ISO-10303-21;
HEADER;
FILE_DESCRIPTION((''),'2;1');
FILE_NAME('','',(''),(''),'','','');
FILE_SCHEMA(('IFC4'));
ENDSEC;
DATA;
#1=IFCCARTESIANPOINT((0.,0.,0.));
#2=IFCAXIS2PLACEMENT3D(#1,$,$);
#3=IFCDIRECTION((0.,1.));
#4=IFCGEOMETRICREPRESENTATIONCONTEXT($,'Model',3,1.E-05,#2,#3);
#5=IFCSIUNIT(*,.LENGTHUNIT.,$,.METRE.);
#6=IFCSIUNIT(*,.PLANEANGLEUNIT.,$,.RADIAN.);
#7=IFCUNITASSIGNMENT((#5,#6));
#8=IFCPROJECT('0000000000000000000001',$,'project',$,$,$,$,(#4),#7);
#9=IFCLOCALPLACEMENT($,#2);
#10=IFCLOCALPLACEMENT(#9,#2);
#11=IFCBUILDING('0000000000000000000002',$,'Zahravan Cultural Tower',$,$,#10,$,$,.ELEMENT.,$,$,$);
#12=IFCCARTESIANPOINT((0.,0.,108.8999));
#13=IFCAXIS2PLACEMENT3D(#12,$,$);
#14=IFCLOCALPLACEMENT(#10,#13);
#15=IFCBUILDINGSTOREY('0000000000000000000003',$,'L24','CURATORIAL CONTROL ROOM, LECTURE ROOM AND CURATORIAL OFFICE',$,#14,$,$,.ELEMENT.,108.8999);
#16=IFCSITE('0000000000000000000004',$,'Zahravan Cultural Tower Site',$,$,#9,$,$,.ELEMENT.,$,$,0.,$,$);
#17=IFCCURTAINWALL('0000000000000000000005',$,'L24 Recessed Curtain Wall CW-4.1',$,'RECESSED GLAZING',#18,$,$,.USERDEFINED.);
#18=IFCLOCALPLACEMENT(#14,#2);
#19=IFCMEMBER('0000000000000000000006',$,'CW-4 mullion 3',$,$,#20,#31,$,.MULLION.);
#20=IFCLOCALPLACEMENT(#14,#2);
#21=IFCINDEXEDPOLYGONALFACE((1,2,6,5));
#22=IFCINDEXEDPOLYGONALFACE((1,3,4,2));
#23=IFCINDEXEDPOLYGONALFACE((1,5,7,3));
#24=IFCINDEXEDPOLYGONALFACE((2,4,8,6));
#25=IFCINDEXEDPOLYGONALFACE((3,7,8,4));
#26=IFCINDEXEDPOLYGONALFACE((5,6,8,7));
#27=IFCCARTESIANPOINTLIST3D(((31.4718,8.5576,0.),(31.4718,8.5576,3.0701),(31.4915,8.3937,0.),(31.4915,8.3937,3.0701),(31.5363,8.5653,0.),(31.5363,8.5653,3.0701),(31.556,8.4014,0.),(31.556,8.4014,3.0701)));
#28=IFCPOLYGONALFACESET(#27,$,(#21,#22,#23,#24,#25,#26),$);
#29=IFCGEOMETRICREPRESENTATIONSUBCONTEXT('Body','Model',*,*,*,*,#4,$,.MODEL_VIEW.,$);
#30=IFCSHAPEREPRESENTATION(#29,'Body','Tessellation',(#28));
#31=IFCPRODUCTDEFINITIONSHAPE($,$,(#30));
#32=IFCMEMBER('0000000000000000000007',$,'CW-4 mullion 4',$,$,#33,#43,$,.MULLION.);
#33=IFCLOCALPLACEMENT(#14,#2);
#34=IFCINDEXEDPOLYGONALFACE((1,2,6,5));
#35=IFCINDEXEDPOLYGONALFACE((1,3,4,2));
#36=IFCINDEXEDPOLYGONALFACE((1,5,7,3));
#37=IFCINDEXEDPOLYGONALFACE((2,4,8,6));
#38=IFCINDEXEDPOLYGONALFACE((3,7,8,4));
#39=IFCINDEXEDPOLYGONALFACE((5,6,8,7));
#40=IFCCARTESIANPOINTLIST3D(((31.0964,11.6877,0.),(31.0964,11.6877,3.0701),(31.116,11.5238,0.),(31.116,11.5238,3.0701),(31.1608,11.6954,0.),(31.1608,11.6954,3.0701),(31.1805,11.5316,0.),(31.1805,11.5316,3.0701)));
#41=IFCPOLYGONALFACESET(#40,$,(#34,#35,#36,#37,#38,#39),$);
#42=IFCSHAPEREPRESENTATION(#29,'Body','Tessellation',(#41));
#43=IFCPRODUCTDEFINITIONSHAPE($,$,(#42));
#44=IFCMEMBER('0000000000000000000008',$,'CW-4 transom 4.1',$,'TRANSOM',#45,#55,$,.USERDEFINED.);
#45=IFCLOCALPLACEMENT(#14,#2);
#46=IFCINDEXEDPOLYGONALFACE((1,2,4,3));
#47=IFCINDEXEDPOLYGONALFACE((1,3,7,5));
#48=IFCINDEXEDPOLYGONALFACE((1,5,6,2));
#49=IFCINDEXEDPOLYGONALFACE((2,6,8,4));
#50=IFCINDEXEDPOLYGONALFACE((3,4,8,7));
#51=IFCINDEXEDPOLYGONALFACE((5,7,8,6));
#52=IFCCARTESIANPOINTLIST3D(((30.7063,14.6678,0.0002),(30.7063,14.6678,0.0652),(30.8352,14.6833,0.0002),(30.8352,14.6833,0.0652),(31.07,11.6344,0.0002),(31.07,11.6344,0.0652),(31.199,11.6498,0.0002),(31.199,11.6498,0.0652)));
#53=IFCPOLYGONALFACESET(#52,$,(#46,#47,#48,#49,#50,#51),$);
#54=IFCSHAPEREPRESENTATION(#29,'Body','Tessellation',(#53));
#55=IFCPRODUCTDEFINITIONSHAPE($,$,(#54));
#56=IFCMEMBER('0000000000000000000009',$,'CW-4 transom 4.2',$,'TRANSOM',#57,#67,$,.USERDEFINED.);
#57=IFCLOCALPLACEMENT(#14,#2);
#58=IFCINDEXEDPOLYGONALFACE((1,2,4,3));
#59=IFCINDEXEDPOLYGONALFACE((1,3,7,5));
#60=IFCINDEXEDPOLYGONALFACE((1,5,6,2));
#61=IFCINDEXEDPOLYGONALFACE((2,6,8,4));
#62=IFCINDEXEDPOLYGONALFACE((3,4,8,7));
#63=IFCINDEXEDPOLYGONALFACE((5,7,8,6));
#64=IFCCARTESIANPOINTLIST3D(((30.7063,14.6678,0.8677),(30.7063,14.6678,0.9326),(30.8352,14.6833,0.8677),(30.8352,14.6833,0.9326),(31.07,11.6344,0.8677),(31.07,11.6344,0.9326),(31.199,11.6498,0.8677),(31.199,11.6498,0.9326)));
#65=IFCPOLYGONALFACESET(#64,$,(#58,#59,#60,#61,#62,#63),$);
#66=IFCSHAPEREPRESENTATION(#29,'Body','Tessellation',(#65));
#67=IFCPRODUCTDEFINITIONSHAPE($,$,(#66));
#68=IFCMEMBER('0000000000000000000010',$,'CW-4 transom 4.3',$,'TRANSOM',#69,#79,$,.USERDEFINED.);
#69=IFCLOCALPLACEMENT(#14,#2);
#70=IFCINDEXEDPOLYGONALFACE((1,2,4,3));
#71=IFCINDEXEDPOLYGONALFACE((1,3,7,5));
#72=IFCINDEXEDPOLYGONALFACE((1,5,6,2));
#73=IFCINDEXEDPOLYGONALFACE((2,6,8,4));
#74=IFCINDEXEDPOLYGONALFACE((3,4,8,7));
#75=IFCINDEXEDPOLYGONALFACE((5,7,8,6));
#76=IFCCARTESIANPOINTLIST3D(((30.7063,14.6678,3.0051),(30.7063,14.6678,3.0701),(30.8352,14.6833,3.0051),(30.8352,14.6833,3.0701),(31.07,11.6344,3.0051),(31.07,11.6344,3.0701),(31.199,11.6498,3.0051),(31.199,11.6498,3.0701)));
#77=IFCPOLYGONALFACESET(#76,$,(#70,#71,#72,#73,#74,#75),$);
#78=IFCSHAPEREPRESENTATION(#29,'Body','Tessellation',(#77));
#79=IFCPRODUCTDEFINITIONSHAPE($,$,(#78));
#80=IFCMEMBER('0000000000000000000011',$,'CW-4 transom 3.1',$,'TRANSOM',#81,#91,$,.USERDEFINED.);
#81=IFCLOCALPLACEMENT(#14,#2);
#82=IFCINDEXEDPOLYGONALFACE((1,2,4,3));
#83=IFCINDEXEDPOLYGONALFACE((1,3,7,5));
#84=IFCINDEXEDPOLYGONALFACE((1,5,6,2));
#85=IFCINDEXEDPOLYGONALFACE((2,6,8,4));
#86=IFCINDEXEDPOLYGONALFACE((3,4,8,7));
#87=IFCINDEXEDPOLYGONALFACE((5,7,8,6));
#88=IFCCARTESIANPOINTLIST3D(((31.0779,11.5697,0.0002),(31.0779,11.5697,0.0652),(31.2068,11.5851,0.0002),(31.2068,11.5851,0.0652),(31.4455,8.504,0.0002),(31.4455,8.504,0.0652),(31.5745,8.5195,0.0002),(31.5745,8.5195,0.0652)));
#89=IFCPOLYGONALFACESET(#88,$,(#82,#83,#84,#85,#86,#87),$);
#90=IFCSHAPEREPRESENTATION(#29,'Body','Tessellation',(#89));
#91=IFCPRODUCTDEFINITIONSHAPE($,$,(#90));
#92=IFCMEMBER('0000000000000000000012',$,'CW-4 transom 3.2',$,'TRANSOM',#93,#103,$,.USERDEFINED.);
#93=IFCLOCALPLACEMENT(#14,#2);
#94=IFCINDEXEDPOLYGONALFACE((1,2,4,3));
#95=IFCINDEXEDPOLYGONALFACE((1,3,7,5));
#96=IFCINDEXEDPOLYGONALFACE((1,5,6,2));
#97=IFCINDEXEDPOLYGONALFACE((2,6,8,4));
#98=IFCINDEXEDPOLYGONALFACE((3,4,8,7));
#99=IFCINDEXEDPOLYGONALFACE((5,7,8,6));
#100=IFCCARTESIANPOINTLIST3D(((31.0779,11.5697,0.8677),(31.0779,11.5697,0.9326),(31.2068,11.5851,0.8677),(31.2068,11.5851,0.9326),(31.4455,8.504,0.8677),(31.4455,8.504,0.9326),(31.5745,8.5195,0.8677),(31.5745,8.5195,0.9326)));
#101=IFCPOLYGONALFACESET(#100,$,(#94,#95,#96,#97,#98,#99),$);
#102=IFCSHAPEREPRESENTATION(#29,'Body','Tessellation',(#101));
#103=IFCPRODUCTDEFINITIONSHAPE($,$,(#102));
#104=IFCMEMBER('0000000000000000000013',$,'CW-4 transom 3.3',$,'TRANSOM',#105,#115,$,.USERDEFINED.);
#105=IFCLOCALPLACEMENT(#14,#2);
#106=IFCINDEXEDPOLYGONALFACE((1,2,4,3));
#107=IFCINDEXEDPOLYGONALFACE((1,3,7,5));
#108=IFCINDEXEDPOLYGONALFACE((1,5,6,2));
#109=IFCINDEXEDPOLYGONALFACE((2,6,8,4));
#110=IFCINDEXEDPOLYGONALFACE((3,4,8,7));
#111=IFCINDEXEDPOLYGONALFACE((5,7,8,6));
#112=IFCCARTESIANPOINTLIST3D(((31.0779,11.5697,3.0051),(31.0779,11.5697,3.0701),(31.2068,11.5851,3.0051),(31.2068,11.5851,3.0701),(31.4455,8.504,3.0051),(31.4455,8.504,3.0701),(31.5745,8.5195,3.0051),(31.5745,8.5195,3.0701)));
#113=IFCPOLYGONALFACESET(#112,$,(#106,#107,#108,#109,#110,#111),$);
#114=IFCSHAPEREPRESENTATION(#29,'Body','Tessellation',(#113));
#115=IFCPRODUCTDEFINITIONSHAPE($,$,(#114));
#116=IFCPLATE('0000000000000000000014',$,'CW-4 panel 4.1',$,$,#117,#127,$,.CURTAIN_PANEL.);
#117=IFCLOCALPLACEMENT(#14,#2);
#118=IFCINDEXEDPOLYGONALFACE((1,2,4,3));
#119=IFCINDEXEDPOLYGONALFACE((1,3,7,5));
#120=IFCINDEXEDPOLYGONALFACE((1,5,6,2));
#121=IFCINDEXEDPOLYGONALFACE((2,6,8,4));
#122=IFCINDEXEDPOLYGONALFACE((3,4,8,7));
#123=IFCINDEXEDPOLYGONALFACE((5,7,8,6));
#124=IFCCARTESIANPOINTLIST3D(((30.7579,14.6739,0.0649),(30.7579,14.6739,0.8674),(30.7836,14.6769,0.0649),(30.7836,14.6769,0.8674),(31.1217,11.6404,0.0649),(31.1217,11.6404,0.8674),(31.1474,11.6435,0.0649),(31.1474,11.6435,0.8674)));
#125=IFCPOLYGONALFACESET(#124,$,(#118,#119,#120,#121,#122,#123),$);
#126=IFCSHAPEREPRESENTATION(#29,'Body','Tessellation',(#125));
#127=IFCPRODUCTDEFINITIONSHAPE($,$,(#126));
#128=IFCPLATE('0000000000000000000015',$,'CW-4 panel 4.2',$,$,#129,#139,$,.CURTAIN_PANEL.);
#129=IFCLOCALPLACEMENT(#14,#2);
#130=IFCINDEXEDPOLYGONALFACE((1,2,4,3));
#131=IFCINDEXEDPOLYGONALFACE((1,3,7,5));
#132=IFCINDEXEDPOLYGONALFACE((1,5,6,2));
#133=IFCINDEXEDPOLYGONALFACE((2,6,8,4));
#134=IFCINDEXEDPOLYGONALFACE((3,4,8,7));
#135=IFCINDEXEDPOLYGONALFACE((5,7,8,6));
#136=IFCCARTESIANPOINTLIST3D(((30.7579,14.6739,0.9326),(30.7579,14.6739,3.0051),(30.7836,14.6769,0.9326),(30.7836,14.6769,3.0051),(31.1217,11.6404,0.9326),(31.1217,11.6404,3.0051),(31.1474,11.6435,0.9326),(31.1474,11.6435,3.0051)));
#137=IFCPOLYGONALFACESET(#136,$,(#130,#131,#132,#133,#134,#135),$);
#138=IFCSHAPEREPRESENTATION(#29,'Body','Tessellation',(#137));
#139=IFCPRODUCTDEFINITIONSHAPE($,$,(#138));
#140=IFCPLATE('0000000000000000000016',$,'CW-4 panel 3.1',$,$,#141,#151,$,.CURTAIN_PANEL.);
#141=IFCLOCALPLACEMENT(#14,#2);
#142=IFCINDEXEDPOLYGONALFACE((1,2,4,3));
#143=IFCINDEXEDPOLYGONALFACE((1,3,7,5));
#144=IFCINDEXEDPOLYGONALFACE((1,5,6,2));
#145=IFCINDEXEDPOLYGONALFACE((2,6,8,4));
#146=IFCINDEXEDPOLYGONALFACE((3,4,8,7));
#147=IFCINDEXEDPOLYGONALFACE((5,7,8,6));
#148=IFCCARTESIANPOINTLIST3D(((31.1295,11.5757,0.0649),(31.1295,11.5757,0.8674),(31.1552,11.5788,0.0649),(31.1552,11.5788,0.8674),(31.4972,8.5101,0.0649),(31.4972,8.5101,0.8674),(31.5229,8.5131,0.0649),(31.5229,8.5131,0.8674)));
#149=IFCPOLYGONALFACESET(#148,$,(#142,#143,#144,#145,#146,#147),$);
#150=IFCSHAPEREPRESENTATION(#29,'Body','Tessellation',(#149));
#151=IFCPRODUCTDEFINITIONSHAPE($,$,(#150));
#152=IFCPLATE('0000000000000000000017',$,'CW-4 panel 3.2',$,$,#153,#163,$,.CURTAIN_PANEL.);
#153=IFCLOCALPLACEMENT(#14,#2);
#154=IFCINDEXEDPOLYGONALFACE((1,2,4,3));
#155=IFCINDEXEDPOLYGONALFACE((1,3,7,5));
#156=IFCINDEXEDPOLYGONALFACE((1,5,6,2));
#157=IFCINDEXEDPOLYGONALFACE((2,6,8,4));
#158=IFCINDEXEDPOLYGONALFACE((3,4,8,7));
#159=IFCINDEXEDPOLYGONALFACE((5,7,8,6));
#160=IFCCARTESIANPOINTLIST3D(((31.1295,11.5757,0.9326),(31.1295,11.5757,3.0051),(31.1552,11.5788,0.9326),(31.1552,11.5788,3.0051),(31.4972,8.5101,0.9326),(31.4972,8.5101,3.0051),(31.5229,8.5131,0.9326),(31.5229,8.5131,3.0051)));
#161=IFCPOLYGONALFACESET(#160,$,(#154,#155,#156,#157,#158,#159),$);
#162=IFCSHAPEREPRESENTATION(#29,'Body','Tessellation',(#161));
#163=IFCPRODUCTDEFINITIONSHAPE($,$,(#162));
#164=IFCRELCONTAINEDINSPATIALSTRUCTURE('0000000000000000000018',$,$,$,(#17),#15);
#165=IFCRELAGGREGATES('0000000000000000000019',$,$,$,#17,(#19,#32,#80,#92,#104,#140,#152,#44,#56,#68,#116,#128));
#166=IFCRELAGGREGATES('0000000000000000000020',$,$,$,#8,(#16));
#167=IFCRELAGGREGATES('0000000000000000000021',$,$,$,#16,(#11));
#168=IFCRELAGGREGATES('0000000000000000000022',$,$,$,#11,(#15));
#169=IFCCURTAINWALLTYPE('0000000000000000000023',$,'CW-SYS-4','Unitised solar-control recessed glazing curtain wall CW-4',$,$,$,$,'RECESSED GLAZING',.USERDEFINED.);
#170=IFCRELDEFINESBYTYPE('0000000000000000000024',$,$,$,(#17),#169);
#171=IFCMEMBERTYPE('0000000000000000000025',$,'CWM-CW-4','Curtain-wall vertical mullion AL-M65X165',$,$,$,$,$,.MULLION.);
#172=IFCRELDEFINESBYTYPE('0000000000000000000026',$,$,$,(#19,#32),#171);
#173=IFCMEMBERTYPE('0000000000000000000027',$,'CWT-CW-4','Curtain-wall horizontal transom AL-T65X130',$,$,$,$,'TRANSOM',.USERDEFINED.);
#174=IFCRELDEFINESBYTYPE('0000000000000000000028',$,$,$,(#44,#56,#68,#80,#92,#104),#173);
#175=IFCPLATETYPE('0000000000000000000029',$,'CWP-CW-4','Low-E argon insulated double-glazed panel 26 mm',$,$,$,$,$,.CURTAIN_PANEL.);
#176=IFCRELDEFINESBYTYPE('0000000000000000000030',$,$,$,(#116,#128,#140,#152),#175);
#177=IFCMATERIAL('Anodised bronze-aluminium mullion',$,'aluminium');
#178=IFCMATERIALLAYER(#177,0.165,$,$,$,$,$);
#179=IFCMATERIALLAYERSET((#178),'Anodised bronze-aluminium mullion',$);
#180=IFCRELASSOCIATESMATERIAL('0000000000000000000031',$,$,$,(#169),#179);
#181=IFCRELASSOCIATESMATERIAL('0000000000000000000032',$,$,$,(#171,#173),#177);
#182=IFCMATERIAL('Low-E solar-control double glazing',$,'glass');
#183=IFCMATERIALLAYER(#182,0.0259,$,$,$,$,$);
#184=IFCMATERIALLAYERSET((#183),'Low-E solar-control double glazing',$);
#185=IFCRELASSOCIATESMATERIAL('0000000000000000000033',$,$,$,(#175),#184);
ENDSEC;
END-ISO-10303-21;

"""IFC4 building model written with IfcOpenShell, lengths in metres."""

from ifc_helpers import new_model, si_unit, direction, frame, origin, origin_2d, place, context, subcontext, project, spatial, rectangle, extrude, source, transform, mapped, material, layer, layer_set, material_profile, profile_set, type_object, element, aggregate, save


model = new_model("IFC4")

# Units and contexts
model_context = context("Model", 3, precision=1e-05, world=origin(), true_north=direction((0.0, 1.0)))
body_context = subcontext(model_context, "Body", "Model", "MODEL_VIEW")
ifc_project = project(units=[si_unit("LENGTHUNIT", "METRE"), si_unit("PLANEANGLEUNIT", "RADIAN")], contexts=[model_context])

# Site, building, storey
site_placement = place(None, origin())
site = spatial("IfcSite", under=ifc_project, at=site_placement, Name="Zahravan Cultural Tower Site", CompositionType="ELEMENT", RefElevation=0.0)
building_placement = place(site_placement, origin())
building = spatial("IfcBuilding", under=site, at=building_placement, Name="Zahravan Cultural Tower", CompositionType="ELEMENT")
storey_placement = place(building_placement, frame((0.0, 0.0, 108.8999)))
storey = spatial("IfcBuildingStorey", under=building, at=storey_placement, Name="L24", Description="CURATORIAL CONTROL ROOM, LECTURE ROOM AND CURATORIAL OFFICE", CompositionType="ELEMENT", Elevation=108.8999)

# Curtain wall, members, plates
ifc_material_1 = material(Name="Anodised bronze-aluminium mullion", Category="aluminium")
ifc_layer_1 = layer(ifc_material_1, 0.165)
ifc_layer_set_1 = layer_set([ifc_layer_1], Name="Anodised bronze-aluminium mullion")
curtain_wall_type = type_object("IfcCurtainWallType", Name="CW-SYS-4", Description="Unitised solar-control recessed glazing curtain wall CW-4", ElementType="RECESSED GLAZING", PredefinedType="USERDEFINED", material=ifc_layer_set_1)
curtain_wall_placement = place(storey_placement, origin())
curtain_wall = element("IfcCurtainWall", 1, at=curtain_wall_placement, inside=storey, type_object=curtain_wall_type, Name="L24 Recessed Curtain Wall CW-4.1", ObjectType="RECESSED GLAZING", PredefinedType="USERDEFINED")
ifc_material_profile_1 = material_profile(ifc_material_1, rectangle(XDim=0.0649, YDim=0.165, at=origin_2d()), Name="AL-M65X165")
ifc_profile_set_1 = profile_set([ifc_material_profile_1], Name="Anodised bronze-aluminium mullion")
member_type_1 = type_object("IfcMemberType", Name="CWM-CW-4", Description="Curtain-wall vertical mullion AL-M65X165", PredefinedType="MULLION", material=ifc_profile_set_1)
shared_shape_1 = source(origin(), body_context, "Body", "SweptSolid", [
    extrude(rectangle(XDim=0.0649, YDim=0.165, at=origin_2d()), origin(), (0.0, 0.0, 1.0), 3.0701),
])
member_1_placement = place(storey_placement, frame((31.5139, 8.4795, 0.0), z_axis=(0.0, 0.0, 1.0), x_axis=(-0.992883, -0.119095, 0.0)))
member_1 = element("IfcMember", 2, at=member_1_placement, type_object=member_type_1, Name="CW-4 mullion 3", PredefinedType="MULLION", context=body_context, shape_type="MappedRepresentation", body=[
    mapped(shared_shape_1, transform((0.0, 0.0, 0.0), x_axis=(1.0, 0.0, 0.0), y_axis=(0.0, 1.0, 0.0), z_axis=(0.0, 0.0, 1.0), scale=1.0)),
])
member_2_placement = place(storey_placement, frame((31.1384, 11.6096, 0.0), z_axis=(0.0, 0.0, 1.0), x_axis=(-0.992883, -0.119095, 0.0)))
member_2 = element("IfcMember", 3, at=member_2_placement, type_object=member_type_1, Name="CW-4 mullion 4", PredefinedType="MULLION", context=body_context, shape_type="MappedRepresentation", body=[
    mapped(shared_shape_1, transform((0.0, 0.0, 0.0), x_axis=(1.0, 0.0, 0.0), y_axis=(0.0, 1.0, 0.0), z_axis=(0.0, 0.0, 1.0), scale=1.0)),
])
ifc_material_profile_2 = material_profile(ifc_material_1, rectangle(XDim=0.1299, YDim=0.0649, at=origin_2d()), Name="AL-T65X130")
ifc_profile_set_2 = profile_set([ifc_material_profile_2], Name="Anodised bronze-aluminium mullion")
member_type_2 = type_object("IfcMemberType", Name="CWT-CW-4", Description="Curtain-wall horizontal transom AL-T65X130", ElementType="TRANSOM", PredefinedType="USERDEFINED", material=ifc_profile_set_2)
shared_shape_2 = source(origin(), body_context, "Body", "SweptSolid", [
    extrude(rectangle(XDim=0.1299, YDim=0.0649, at=origin_2d()), origin(), (0.0, 0.0, 1.0), 3.0552),
])
member_3_placement = place(storey_placement, frame((31.1345, 11.6421, 0.0327), z_axis=(-0.119066, 0.992886, 0.0), x_axis=(-0.992886, -0.119066, 0.0)))
member_3 = element("IfcMember", 4, at=member_3_placement, type_object=member_type_2, Name="CW-4 transom 4.1", ObjectType="TRANSOM", PredefinedType="USERDEFINED", context=body_context, shape_type="MappedRepresentation", body=[
    mapped(shared_shape_2, transform((0.0, 0.0, 0.0), x_axis=(1.0, 0.0, 0.0), y_axis=(0.0, 1.0, 0.0), z_axis=(0.0, 0.0, 1.0), scale=1.0)),
])
member_4_placement = place(storey_placement, frame((31.1345, 11.6421, 0.9001), z_axis=(-0.119066, 0.992886, 0.0), x_axis=(-0.992886, -0.119066, 0.0)))
member_4 = element("IfcMember", 5, at=member_4_placement, type_object=member_type_2, Name="CW-4 transom 4.2", ObjectType="TRANSOM", PredefinedType="USERDEFINED", context=body_context, shape_type="MappedRepresentation", body=[
    mapped(shared_shape_2, transform((0.0, 0.0, 0.0), x_axis=(1.0, 0.0, 0.0), y_axis=(0.0, 1.0, 0.0), z_axis=(0.0, 0.0, 1.0), scale=1.0)),
])
member_5_placement = place(storey_placement, frame((31.1345, 11.6421, 3.0376), z_axis=(-0.119066, 0.992886, 0.0), x_axis=(-0.992886, -0.119066, 0.0)))
member_5 = element("IfcMember", 6, at=member_5_placement, type_object=member_type_2, Name="CW-4 transom 4.3", ObjectType="TRANSOM", PredefinedType="USERDEFINED", context=body_context, shape_type="MappedRepresentation", body=[
    mapped(shared_shape_2, transform((0.0, 0.0, 0.0), x_axis=(1.0, 0.0, 0.0), y_axis=(0.0, 1.0, 0.0), z_axis=(0.0, 0.0, 1.0), scale=1.0)),
])
shared_shape_3 = source(origin(), body_context, "Body", "SweptSolid", [
    extrude(rectangle(XDim=0.1299, YDim=0.0649, at=origin_2d()), origin(), (0.0, 0.0, 1.0), 3.0876),
])
member_6_placement = place(storey_placement, frame((31.51, 8.5117, 0.0327), z_axis=(-0.11908, 0.992885, 0.0), x_axis=(-0.992885, -0.11908, 0.0)))
member_6 = element("IfcMember", 7, at=member_6_placement, type_object=member_type_2, Name="CW-4 transom 3.1", ObjectType="TRANSOM", PredefinedType="USERDEFINED", context=body_context, shape_type="MappedRepresentation", body=[
    mapped(shared_shape_3, transform((0.0, 0.0, 0.0), x_axis=(1.0, 0.0, 0.0), y_axis=(0.0, 1.0, 0.0), z_axis=(0.0, 0.0, 1.0), scale=1.0)),
])
member_7_placement = place(storey_placement, frame((31.51, 8.5117, 0.9001), z_axis=(-0.11908, 0.992885, 0.0), x_axis=(-0.992885, -0.11908, 0.0)))
member_7 = element("IfcMember", 8, at=member_7_placement, type_object=member_type_2, Name="CW-4 transom 3.2", ObjectType="TRANSOM", PredefinedType="USERDEFINED", context=body_context, shape_type="MappedRepresentation", body=[
    mapped(shared_shape_3, transform((0.0, 0.0, 0.0), x_axis=(1.0, 0.0, 0.0), y_axis=(0.0, 1.0, 0.0), z_axis=(0.0, 0.0, 1.0), scale=1.0)),
])
member_8_placement = place(storey_placement, frame((31.51, 8.5117, 3.0376), z_axis=(-0.11908, 0.992885, 0.0), x_axis=(-0.992885, -0.11908, 0.0)))
member_8 = element("IfcMember", 9, at=member_8_placement, type_object=member_type_2, Name="CW-4 transom 3.3", ObjectType="TRANSOM", PredefinedType="USERDEFINED", context=body_context, shape_type="MappedRepresentation", body=[
    mapped(shared_shape_3, transform((0.0, 0.0, 0.0), x_axis=(1.0, 0.0, 0.0), y_axis=(0.0, 1.0, 0.0), z_axis=(0.0, 0.0, 1.0), scale=1.0)),
])
ifc_material_2 = material(Name="Low-E solar-control double glazing", Category="glass")
ifc_layer_2 = layer(ifc_material_2, 0.0259)
ifc_layer_set_2 = layer_set([ifc_layer_2], Name="Low-E solar-control double glazing")
plate_type = type_object("IfcPlateType", Name="CWP-CW-4", Description="Low-E argon insulated double-glazed panel 26 mm", PredefinedType="CURTAIN_PANEL", material=ifc_layer_set_2)
shared_shape_4 = source(origin(), body_context, "Body", "SweptSolid", [
    extrude(rectangle(XDim=3.0552, YDim=0.0259, at=origin_2d()), origin(), (0.0, 0.0, 1.0), 0.8025),
])
plate_1_placement = place(storey_placement, frame((30.9526, 13.1587, 0.0649), z_axis=(0.0, 0.0, 1.0), x_axis=(-0.119095, 0.992883, 0.0)))
plate_1 = element("IfcPlate", 10, at=plate_1_placement, type_object=plate_type, Name="CW-4 panel 4.1", PredefinedType="CURTAIN_PANEL", context=body_context, shape_type="MappedRepresentation", body=[
    mapped(shared_shape_4, transform((0.0, 0.0, 0.0), x_axis=(1.0, 0.0, 0.0), y_axis=(0.0, 1.0, 0.0), z_axis=(0.0, 0.0, 1.0), scale=1.0)),
])
shared_shape_5 = source(origin(), body_context, "Body", "SweptSolid", [
    extrude(rectangle(XDim=3.0552, YDim=0.0259, at=origin_2d()), origin(), (0.0, 0.0, 1.0), 2.0725),
])
plate_2_placement = place(storey_placement, frame((30.9526, 13.1587, 0.9326), z_axis=(0.0, 0.0, 1.0), x_axis=(-0.119095, 0.992883, 0.0)))
plate_2 = element("IfcPlate", 11, at=plate_2_placement, type_object=plate_type, Name="CW-4 panel 4.2", PredefinedType="CURTAIN_PANEL", context=body_context, shape_type="MappedRepresentation", body=[
    mapped(shared_shape_5, transform((0.0, 0.0, 0.0), x_axis=(1.0, 0.0, 0.0), y_axis=(0.0, 1.0, 0.0), z_axis=(0.0, 0.0, 1.0), scale=1.0)),
])
shared_shape_6 = source(origin(), body_context, "Body", "SweptSolid", [
    extrude(rectangle(XDim=3.0876, YDim=0.0259, at=origin_2d()), origin(), (0.0, 0.0, 1.0), 0.8025),
])
plate_3_placement = place(storey_placement, frame((31.3262, 10.0444, 0.0649), z_axis=(0.0, 0.0, 1.0), x_axis=(-0.119095, 0.992883, 0.0)))
plate_3 = element("IfcPlate", 12, at=plate_3_placement, type_object=plate_type, Name="CW-4 panel 3.1", PredefinedType="CURTAIN_PANEL", context=body_context, shape_type="MappedRepresentation", body=[
    mapped(shared_shape_6, transform((0.0, 0.0, 0.0), x_axis=(1.0, 0.0, 0.0), y_axis=(0.0, 1.0, 0.0), z_axis=(0.0, 0.0, 1.0), scale=1.0)),
])
shared_shape_7 = source(origin(), body_context, "Body", "SweptSolid", [
    extrude(rectangle(XDim=3.0876, YDim=0.0259, at=origin_2d()), origin(), (0.0, 0.0, 1.0), 2.0725),
])
plate_4_placement = place(storey_placement, frame((31.3262, 10.0444, 0.9326), z_axis=(0.0, 0.0, 1.0), x_axis=(-0.119095, 0.992883, 0.0)))
plate_4 = element("IfcPlate", 13, at=plate_4_placement, type_object=plate_type, Name="CW-4 panel 3.2", PredefinedType="CURTAIN_PANEL", context=body_context, shape_type="MappedRepresentation", body=[
    mapped(shared_shape_7, transform((0.0, 0.0, 0.0), x_axis=(1.0, 0.0, 0.0), y_axis=(0.0, 1.0, 0.0), z_axis=(0.0, 0.0, 1.0), scale=1.0)),
])
aggregate(curtain_wall, [member_1, member_2, member_6, member_7, member_8, plate_3, plate_4, member_3, member_4, member_5, plate_1, plate_2])

save(model, "model.ifc")
